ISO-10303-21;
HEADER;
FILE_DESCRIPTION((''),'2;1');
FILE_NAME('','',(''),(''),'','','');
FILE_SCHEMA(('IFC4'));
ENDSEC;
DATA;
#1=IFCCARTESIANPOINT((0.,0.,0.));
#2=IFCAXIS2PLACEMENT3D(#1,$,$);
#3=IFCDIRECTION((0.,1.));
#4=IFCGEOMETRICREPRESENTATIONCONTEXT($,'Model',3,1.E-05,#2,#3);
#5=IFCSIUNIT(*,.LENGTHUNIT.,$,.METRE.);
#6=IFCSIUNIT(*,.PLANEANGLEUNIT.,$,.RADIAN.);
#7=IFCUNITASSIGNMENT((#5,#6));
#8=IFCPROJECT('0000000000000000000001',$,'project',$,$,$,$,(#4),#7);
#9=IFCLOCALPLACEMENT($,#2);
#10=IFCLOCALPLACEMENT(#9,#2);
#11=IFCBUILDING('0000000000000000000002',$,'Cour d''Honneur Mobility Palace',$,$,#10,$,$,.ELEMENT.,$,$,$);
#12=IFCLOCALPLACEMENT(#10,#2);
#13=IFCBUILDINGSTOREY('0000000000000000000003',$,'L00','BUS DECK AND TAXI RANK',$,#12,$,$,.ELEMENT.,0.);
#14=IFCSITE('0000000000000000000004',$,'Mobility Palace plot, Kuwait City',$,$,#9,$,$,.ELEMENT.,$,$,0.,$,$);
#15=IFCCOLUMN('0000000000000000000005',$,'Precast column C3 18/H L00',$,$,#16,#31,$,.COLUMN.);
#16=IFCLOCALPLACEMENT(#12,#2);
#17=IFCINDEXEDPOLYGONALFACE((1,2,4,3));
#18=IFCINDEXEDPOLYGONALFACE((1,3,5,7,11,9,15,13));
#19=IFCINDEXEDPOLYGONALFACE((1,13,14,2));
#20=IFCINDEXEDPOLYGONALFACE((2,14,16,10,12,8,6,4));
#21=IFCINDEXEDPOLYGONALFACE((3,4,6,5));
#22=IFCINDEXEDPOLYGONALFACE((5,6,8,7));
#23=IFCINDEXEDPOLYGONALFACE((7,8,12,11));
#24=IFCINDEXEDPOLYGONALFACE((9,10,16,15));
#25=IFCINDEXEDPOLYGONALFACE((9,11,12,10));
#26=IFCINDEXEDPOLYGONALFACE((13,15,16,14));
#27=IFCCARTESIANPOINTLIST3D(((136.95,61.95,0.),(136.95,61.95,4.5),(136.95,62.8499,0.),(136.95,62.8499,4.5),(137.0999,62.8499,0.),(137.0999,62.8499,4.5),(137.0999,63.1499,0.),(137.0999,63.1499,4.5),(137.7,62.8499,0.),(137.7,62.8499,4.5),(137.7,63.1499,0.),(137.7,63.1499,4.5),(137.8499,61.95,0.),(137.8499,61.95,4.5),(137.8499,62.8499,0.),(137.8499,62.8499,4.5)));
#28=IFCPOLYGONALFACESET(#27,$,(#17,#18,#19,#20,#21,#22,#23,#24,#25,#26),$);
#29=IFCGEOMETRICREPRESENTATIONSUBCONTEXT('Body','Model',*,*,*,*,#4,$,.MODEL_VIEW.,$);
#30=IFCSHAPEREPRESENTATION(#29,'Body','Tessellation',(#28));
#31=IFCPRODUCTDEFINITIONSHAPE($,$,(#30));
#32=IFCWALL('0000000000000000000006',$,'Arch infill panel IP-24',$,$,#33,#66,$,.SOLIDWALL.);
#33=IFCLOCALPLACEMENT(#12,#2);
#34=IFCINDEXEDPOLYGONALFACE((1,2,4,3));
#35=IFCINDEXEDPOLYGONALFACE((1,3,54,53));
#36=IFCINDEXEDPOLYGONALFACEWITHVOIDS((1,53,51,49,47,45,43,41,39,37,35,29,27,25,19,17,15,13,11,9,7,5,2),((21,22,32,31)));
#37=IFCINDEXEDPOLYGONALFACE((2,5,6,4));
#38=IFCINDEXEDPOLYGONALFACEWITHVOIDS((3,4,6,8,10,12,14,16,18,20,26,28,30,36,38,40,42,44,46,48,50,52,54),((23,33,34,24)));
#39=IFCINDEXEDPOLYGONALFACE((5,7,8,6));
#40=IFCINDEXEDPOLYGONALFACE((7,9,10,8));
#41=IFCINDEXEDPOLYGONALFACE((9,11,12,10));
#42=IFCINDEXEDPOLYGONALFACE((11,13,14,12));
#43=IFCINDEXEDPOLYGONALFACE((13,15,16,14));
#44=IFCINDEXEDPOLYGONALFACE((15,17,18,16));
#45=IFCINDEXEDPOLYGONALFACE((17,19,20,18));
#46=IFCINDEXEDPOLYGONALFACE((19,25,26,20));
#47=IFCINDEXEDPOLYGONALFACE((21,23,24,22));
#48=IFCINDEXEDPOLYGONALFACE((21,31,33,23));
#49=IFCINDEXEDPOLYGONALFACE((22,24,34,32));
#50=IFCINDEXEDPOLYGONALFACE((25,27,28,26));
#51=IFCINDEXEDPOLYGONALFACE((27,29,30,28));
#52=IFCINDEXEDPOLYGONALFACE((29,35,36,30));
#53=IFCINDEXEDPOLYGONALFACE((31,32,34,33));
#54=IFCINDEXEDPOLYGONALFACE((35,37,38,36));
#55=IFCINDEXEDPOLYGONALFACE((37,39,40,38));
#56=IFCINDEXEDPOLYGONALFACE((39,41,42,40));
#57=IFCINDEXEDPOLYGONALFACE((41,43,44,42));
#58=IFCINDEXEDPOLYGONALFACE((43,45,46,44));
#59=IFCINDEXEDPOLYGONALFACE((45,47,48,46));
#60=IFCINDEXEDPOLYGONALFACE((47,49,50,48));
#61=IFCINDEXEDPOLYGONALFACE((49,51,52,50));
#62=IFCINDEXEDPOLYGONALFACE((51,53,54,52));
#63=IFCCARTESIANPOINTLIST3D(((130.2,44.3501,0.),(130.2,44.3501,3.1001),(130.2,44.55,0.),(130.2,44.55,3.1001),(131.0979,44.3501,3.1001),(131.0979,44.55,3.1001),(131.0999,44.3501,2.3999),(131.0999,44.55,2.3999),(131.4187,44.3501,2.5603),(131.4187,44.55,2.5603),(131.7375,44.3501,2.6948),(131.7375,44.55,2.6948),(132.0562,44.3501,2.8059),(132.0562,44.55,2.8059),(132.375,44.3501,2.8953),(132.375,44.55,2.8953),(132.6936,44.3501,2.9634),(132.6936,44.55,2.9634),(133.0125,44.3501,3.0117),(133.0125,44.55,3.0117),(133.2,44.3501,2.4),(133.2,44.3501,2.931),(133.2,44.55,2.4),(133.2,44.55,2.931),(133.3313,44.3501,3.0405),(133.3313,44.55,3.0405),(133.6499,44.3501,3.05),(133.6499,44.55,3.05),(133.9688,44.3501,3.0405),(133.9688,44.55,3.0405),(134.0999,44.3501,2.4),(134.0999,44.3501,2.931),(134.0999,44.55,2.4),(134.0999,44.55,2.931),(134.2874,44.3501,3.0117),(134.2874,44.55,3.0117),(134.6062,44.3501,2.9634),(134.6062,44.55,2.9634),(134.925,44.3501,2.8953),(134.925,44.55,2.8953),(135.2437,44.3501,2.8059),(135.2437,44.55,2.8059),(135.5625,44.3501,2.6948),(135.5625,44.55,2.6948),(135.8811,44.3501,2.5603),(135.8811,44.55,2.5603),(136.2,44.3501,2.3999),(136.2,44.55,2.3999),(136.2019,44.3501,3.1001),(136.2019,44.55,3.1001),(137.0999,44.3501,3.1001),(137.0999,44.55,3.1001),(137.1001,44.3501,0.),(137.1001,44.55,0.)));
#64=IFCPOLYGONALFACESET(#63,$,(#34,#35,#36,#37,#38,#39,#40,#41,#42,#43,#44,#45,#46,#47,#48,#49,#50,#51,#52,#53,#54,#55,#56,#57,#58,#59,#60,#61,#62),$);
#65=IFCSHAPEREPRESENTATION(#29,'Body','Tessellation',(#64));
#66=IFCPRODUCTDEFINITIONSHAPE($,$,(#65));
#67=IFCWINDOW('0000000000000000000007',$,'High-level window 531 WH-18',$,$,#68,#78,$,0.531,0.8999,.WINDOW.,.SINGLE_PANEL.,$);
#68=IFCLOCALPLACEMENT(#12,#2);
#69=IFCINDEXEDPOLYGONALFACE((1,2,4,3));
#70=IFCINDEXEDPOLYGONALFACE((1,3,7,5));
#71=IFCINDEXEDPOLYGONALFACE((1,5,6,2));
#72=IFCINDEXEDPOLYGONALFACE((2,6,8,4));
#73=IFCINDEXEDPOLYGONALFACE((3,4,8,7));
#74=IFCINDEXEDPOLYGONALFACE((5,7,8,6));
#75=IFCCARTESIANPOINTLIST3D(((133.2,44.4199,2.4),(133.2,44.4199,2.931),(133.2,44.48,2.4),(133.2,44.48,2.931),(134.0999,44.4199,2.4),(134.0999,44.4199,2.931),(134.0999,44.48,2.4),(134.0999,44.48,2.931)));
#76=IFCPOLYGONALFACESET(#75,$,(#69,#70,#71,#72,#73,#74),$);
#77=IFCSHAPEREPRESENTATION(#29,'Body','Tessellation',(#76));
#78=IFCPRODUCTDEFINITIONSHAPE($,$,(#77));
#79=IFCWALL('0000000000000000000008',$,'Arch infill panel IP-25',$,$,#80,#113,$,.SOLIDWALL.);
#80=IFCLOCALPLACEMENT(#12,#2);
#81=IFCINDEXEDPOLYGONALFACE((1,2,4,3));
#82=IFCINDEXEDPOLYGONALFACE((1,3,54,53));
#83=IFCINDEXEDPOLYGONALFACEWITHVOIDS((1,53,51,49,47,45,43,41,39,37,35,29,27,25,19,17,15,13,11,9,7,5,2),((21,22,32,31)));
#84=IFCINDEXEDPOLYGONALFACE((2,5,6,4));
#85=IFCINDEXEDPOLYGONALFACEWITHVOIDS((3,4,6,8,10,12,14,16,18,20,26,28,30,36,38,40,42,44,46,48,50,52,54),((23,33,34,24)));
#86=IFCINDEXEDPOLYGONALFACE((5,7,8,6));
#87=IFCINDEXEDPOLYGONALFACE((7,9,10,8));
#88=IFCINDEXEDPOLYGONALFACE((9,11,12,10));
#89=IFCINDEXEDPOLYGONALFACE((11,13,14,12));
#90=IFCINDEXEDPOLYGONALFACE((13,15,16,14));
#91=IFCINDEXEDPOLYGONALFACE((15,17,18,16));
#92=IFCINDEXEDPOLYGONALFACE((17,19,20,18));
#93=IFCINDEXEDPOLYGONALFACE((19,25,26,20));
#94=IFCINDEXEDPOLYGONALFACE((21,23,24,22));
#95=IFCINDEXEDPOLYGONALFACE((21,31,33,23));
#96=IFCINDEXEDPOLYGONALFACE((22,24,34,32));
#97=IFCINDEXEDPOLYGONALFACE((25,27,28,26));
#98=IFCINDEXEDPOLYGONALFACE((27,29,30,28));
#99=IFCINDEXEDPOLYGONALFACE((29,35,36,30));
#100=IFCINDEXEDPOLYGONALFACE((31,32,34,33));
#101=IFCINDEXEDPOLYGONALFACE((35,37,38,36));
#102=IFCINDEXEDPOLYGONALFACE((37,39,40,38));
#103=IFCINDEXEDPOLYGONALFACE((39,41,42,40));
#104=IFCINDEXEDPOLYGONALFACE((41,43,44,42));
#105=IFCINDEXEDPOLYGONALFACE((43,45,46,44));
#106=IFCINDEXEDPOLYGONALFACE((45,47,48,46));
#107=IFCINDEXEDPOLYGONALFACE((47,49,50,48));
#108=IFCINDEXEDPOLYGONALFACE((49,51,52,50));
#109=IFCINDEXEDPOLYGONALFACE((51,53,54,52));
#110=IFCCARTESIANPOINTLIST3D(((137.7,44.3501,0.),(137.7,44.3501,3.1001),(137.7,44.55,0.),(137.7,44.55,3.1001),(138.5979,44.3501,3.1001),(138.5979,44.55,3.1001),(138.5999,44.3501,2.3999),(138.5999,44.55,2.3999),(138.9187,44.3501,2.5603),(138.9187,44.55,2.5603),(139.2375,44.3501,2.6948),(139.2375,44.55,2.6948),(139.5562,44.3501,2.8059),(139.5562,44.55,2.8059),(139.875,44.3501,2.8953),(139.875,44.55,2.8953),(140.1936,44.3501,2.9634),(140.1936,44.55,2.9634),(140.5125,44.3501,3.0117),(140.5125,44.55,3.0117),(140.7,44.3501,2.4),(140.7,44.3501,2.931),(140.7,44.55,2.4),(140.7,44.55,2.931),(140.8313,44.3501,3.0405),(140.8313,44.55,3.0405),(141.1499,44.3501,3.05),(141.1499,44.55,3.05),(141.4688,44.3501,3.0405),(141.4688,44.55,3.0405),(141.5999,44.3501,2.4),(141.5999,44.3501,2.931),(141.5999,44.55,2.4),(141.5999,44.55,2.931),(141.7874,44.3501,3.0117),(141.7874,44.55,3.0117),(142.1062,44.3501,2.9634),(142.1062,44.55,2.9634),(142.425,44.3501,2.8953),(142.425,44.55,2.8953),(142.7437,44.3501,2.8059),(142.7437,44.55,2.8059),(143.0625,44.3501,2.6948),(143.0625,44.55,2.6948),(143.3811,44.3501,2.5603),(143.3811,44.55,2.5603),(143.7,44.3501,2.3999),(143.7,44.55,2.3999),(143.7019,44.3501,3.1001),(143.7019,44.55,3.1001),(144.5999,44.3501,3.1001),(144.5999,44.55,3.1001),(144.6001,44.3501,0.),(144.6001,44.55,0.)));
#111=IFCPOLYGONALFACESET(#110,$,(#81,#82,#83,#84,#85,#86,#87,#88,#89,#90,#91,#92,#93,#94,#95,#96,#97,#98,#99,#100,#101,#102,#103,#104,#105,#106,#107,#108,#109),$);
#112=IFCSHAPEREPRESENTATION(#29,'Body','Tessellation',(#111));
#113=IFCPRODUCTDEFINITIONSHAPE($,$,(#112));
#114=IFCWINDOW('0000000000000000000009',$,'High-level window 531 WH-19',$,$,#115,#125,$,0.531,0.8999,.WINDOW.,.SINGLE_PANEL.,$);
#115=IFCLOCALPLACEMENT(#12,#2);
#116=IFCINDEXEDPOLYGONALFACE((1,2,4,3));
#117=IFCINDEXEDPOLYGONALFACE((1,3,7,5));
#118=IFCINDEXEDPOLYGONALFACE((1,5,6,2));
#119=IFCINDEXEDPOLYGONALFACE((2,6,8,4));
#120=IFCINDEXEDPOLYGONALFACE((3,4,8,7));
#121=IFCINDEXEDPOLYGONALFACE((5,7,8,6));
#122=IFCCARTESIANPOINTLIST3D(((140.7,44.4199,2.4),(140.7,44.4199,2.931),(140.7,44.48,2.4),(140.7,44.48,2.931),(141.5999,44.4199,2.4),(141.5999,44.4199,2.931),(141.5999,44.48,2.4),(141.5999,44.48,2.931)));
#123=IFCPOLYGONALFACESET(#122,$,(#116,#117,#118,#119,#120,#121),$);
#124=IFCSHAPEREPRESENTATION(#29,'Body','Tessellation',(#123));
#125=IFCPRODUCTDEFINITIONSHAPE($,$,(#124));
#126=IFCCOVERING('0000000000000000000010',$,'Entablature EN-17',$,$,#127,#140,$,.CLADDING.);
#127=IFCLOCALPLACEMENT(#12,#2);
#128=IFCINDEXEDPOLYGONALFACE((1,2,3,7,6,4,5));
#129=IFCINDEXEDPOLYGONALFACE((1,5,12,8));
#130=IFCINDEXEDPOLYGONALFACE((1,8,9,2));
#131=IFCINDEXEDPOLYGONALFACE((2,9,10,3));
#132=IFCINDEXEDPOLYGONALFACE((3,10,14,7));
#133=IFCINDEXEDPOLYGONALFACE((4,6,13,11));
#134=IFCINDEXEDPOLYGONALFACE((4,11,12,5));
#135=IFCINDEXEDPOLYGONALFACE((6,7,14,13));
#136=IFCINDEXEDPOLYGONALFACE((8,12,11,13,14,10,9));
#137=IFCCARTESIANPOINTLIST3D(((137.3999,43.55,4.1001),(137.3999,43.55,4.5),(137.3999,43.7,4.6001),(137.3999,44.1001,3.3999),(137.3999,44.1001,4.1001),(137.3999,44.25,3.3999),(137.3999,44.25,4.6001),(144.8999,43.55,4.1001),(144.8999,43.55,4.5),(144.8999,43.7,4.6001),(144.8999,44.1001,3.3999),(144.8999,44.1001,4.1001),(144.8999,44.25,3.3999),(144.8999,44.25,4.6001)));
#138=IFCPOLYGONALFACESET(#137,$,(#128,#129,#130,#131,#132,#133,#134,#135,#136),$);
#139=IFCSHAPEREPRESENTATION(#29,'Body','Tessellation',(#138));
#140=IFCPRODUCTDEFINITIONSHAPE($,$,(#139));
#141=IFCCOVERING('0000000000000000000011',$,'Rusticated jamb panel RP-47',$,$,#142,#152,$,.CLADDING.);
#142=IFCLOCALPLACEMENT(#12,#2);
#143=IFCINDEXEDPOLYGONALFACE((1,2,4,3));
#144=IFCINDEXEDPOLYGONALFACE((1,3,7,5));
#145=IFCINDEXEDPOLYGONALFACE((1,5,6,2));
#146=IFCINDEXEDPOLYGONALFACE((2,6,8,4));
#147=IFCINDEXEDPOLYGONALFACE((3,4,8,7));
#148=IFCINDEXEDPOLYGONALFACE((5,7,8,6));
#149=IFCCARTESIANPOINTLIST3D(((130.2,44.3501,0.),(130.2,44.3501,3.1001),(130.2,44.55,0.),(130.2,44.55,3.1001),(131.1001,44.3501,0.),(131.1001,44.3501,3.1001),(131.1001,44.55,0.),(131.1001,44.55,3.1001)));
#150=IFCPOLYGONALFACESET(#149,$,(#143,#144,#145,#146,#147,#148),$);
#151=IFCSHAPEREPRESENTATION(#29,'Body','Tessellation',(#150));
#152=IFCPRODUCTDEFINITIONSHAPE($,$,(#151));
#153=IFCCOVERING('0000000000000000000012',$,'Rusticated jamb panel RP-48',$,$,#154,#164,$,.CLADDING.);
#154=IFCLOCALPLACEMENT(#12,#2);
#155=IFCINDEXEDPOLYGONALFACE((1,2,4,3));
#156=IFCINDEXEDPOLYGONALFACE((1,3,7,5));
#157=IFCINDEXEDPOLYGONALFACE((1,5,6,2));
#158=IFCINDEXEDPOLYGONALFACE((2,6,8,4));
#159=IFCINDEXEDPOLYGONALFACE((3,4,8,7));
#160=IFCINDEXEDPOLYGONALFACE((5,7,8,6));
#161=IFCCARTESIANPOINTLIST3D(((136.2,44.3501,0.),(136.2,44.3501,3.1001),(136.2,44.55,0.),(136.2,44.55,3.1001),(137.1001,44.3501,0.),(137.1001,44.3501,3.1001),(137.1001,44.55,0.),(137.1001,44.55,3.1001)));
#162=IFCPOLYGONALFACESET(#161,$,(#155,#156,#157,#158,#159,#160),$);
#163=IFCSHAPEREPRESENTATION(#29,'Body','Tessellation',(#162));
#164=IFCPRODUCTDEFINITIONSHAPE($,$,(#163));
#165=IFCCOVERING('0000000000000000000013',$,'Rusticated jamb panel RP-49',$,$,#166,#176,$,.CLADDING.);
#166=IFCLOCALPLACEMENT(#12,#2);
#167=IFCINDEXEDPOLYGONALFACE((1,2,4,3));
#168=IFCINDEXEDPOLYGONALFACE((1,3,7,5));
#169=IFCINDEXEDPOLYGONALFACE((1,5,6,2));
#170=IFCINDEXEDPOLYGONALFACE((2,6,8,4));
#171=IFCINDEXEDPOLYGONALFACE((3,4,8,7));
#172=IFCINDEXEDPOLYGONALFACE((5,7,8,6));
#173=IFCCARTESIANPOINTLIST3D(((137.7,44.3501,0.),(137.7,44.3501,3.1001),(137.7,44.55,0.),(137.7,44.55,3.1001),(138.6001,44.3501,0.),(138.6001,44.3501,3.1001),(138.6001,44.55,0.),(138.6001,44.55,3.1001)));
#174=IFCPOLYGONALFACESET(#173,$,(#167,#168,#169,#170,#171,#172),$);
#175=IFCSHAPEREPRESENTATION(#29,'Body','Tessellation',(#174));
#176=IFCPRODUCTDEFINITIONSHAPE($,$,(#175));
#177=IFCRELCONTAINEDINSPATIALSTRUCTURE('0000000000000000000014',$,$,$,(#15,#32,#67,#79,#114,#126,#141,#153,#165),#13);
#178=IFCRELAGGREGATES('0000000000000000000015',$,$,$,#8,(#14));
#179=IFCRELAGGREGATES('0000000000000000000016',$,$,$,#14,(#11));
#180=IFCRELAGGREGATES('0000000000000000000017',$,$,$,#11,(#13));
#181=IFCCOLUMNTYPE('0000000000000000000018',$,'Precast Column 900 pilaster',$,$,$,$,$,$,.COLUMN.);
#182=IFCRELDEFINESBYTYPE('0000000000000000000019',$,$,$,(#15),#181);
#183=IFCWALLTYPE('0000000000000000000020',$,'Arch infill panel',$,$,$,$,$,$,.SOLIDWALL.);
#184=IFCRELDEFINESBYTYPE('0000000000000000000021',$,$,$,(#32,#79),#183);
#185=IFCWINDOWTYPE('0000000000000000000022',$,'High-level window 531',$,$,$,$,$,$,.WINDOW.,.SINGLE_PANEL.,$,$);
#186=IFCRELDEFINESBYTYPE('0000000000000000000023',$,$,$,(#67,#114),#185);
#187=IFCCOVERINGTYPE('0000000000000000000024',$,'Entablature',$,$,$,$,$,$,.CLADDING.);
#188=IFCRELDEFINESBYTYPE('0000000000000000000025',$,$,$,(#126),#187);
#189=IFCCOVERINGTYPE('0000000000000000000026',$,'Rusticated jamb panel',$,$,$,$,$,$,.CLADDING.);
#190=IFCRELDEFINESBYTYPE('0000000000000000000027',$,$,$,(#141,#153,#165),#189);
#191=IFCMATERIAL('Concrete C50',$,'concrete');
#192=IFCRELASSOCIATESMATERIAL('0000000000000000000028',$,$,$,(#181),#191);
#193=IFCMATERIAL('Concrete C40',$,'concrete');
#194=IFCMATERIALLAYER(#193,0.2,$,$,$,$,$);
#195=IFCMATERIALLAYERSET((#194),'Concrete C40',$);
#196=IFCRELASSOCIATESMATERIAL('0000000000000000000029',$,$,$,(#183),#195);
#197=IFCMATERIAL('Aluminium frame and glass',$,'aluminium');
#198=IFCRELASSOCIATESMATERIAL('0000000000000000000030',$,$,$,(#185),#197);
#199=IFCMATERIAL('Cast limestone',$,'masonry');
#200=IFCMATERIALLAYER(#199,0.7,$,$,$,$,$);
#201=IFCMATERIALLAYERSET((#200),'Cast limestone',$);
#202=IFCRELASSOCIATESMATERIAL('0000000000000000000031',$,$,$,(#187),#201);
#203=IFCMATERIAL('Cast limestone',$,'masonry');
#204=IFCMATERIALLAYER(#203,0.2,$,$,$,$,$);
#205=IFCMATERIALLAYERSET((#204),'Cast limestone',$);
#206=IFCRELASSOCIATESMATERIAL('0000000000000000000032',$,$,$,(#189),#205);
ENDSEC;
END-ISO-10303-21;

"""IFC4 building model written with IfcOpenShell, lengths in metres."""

from ifc_helpers import new_model, si_unit, direction, frame, frame_2d, origin, place, context, subcontext, project, spatial, polyline, rectangle, outline, extrude, material, layer, layer_set, material_profile, profile_set, type_object, element, fill, save


model = new_model("IFC4")

# Units and contexts
model_context = context("Model", 3, precision=1e-05, world=origin(), true_north=direction((0.0, 1.0)))
body_context = subcontext(model_context, "Body", "Model", "MODEL_VIEW")
ifc_project = project(units=[si_unit("LENGTHUNIT", "METRE"), si_unit("PLANEANGLEUNIT", "RADIAN")], contexts=[model_context])

# Site, building, storey
site_placement = place(None, origin())
site = spatial("IfcSite", under=ifc_project, at=site_placement, Name="Mobility Palace plot, Kuwait City", CompositionType="ELEMENT", RefElevation=0.0)
building_placement = place(site_placement, origin())
building = spatial("IfcBuilding", under=site, at=building_placement, Name="Cour d'Honneur Mobility Palace", CompositionType="ELEMENT")
storey_placement = place(building_placement, origin())
storey = spatial("IfcBuildingStorey", under=building, at=storey_placement, Name="L00", Description="BUS DECK AND TAXI RANK", CompositionType="ELEMENT", Elevation=0.0)

# Column
ifc_material_1 = material(Name="Concrete C50", Category="concrete")
ifc_material_profile_1 = material_profile(ifc_material_1, outline(polyline([(-0.45, -0.45), (0.45, -0.45), (0.45, -0.3), (0.75, -0.3), (0.75, 0.3), (0.45, 0.3), (0.45, 0.45), (-0.45, 0.45), (-0.45, -0.45)])), Name="PC C900 pilaster")
ifc_profile_set_1 = profile_set([ifc_material_profile_1], Name="Concrete C50")
column_type = type_object("IfcColumnType", Name="Precast Column 900 pilaster", PredefinedType="COLUMN", material=ifc_profile_set_1)
for number, where, z_axis, x_axis, name in (
    (1, (137.3999, 62.3999, 0.0), (0.0, 0.0, 1.0), (0.0, 1.0, 0.0), "Precast column C3 18/H L00"),
):
    element("IfcColumn", number, at=place(storey_placement, frame(where, z_axis=z_axis, x_axis=x_axis)), inside=storey, type_object=column_type, Name=name, PredefinedType="COLUMN", context=body_context, shape_type="SweptSolid", body=[
        extrude(outline(polyline([(-0.45, -0.45), (0.45, -0.45), (0.45, -0.3), (0.75, -0.3), (0.75, 0.3), (0.45, 0.3), (0.45, 0.45), (-0.45, 0.45), (-0.45, -0.45)])), origin(), (0.0, 0.0, 1.0), 4.5),
    ])

# Walls, openings, windows
ifc_material_2 = material(Name="Concrete C40", Category="concrete")
ifc_layer_1 = layer(ifc_material_2, 0.2)
ifc_layer_set_1 = layer_set([ifc_layer_1], Name="Concrete C40")
wall_type = type_object("IfcWallType", Name="Arch infill panel", PredefinedType="SOLIDWALL", material=ifc_layer_set_1)
wall_1_placement = place(storey_placement, frame((130.2, 44.45, 0.0), z_axis=(0.0, 0.0, 1.0), x_axis=(1.0, 0.0, 0.0)))
wall_1 = element("IfcWall", 2, at=wall_1_placement, inside=storey, type_object=wall_type, Name="Arch infill panel IP-24", PredefinedType="SOLIDWALL", context=body_context, shape_type="SweptSolid", body=[
    extrude(outline(polyline([(0.0, 0.0), (6.9001, 0.0), (6.8999, 3.1001), (6.002, 3.1001), (6.0, 2.3999), (5.6812, 2.5603), (5.3625, 2.6948), (5.0437, 2.8059), (4.7251, 2.8953), (4.4062, 2.9634), (4.0874, 3.0117), (3.7688, 3.0405), (3.45, 3.05), (3.1313, 3.0405), (2.8125, 3.0117), (2.4937, 2.9634), (2.175, 2.8953), (1.8562, 2.8059), (1.5376, 2.6948), (1.2188, 2.5603), (0.8999, 2.3999), (0.8979, 3.1001), (0.0, 3.1001), (0.0, 0.0)])), frame((0.0, 0.1001, 0.0), z_axis=(0.0, -1.0, 0.0), x_axis=(1.0, 0.0, 0.0)), (0.0, 0.0, 1.0), 0.2),
])
opening_1_placement = place(wall_1_placement, frame((3.0, 0.0, 2.3999)))
opening_1 = element("IfcOpeningElement", 3, at=opening_1_placement, cuts=wall_1, PredefinedType="OPENING", context=body_context, shape_type="SweptSolid", body=[
    extrude(rectangle(XDim=0.8999, YDim=0.531, at=frame_2d((0.45, 0.2656))), frame((0.0, 0.1099, 0.0), z_axis=(0.0, -1.0, 0.0), x_axis=(1.0, 0.0, 0.0)), (0.0, 0.0, 1.0), 0.22),
])
ifc_material_3 = material(Name="Aluminium frame and glass", Category="aluminium")
window_type = type_object("IfcWindowType", Name="High-level window 531", PartitioningType="SINGLE_PANEL", PredefinedType="WINDOW", material=ifc_material_3)
window_1_placement = place(opening_1_placement, origin())
window_1 = element("IfcWindow", 4, at=window_1_placement, inside=storey, type_object=window_type, Name="High-level window 531 WH-18", OverallHeight=0.531, OverallWidth=0.8999, PartitioningType="SINGLE_PANEL", PredefinedType="WINDOW", context=body_context, shape_type="SweptSolid", body=[
    extrude(rectangle(XDim=0.8999, YDim=0.531, at=frame_2d((0.45, 0.2656))), frame((0.0, 0.03, 0.0), z_axis=(0.0, -1.0, 0.0), x_axis=(1.0, 0.0, 0.0)), (0.0, 0.0, 1.0), 0.0601),
])
fill(opening_1, window_1)
wall_2_placement = place(storey_placement, frame((137.7, 44.45, 0.0), z_axis=(0.0, 0.0, 1.0), x_axis=(1.0, 0.0, 0.0)))
wall_2 = element("IfcWall", 5, at=wall_2_placement, inside=storey, type_object=wall_type, Name="Arch infill panel IP-25", PredefinedType="SOLIDWALL", context=body_context, shape_type="SweptSolid", body=[
    extrude(outline(polyline([(0.0, 0.0), (6.9001, 0.0), (6.8999, 3.1001), (6.002, 3.1001), (6.0, 2.3999), (5.6812, 2.5603), (5.3625, 2.6948), (5.0437, 2.8059), (4.7251, 2.8953), (4.4062, 2.9634), (4.0874, 3.0117), (3.7688, 3.0405), (3.45, 3.05), (3.1313, 3.0405), (2.8125, 3.0117), (2.4937, 2.9634), (2.175, 2.8953), (1.8562, 2.8059), (1.5376, 2.6948), (1.2188, 2.5603), (0.8999, 2.3999), (0.8979, 3.1001), (0.0, 3.1001), (0.0, 0.0)])), frame((0.0, 0.1001, 0.0), z_axis=(0.0, -1.0, 0.0), x_axis=(1.0, 0.0, 0.0)), (0.0, 0.0, 1.0), 0.2),
])
opening_2_placement = place(wall_2_placement, frame((3.0, 0.0, 2.3999)))
opening_2 = element("IfcOpeningElement", 6, at=opening_2_placement, cuts=wall_2, PredefinedType="OPENING", context=body_context, shape_type="SweptSolid", body=[
    extrude(rectangle(XDim=0.8999, YDim=0.531, at=frame_2d((0.45, 0.2656))), frame((0.0, 0.1099, 0.0), z_axis=(0.0, -1.0, 0.0), x_axis=(1.0, 0.0, 0.0)), (0.0, 0.0, 1.0), 0.22),
])
window_2_placement = place(opening_2_placement, origin())
window_2 = element("IfcWindow", 7, at=window_2_placement, inside=storey, type_object=window_type, Name="High-level window 531 WH-19", OverallHeight=0.531, OverallWidth=0.8999, PartitioningType="SINGLE_PANEL", PredefinedType="WINDOW", context=body_context, shape_type="SweptSolid", body=[
    extrude(rectangle(XDim=0.8999, YDim=0.531, at=frame_2d((0.45, 0.2656))), frame((0.0, 0.03, 0.0), z_axis=(0.0, -1.0, 0.0), x_axis=(1.0, 0.0, 0.0)), (0.0, 0.0, 1.0), 0.0601),
])
fill(opening_2, window_2)

# Coverings
ifc_material_4 = material(Name="Cast limestone", Category="masonry")
ifc_layer_2 = layer(ifc_material_4, 0.7)
ifc_layer_set_2 = layer_set([ifc_layer_2], Name="Cast limestone")
covering_type_1 = type_object("IfcCoveringType", Name="Entablature", PredefinedType="CLADDING", material=ifc_layer_set_2)
covering_placement = place(storey_placement, frame((137.3999, 44.25, 3.3999), z_axis=(-1.0, 0.0, 0.0), x_axis=(0.0, -1.0, 0.0)))
element("IfcCovering", 8, at=covering_placement, inside=storey, type_object=covering_type_1, Name="Entablature EN-17", PredefinedType="CLADDING", context=body_context, shape_type="SweptSolid", body=[
    extrude(outline(polyline([(0.0, 0.0), (0.1499, 0.0), (0.1499, 0.7002), (0.7, 0.7002), (0.7, 1.1001), (0.55, 1.2002), (0.0, 1.2002), (0.0, 0.0)])), origin(), (0.0, 0.0, -1.0), 7.5),
])
ifc_material_5 = material(Name="Cast limestone", Category="masonry")
ifc_layer_3 = layer(ifc_material_5, 0.2)
ifc_layer_set_3 = layer_set([ifc_layer_3], Name="Cast limestone")
covering_type_2 = type_object("IfcCoveringType", Name="Rusticated jamb panel", PredefinedType="CLADDING", material=ifc_layer_set_3)
for number, where, z_axis, x_axis, name in (
    (9, (130.2, 44.3501, 0.0), (0.0, -1.0, 0.0), (1.0, 0.0, 0.0), "Rusticated jamb panel RP-47"),
    (10, (136.2, 44.3501, 0.0), (0.0, -1.0, 0.0), (1.0, 0.0, 0.0), "Rusticated jamb panel RP-48"),
    (11, (137.7, 44.3501, 0.0), (0.0, -1.0, 0.0), (1.0, 0.0, 0.0), "Rusticated jamb panel RP-49"),
):
    element("IfcCovering", number, at=place(storey_placement, frame(where, z_axis=z_axis, x_axis=x_axis)), inside=storey, type_object=covering_type_2, Name=name, PredefinedType="CLADDING", context=body_context, shape_type="SweptSolid", body=[
        extrude(outline(polyline([(0.0, 0.0), (0.9001, 0.0), (0.9001, 3.1001), (0.0, 3.1001), (0.0, 0.0)])), origin(), (0.0, 0.0, -1.0), 0.2),
    ])

save(model, "model.ifc")
